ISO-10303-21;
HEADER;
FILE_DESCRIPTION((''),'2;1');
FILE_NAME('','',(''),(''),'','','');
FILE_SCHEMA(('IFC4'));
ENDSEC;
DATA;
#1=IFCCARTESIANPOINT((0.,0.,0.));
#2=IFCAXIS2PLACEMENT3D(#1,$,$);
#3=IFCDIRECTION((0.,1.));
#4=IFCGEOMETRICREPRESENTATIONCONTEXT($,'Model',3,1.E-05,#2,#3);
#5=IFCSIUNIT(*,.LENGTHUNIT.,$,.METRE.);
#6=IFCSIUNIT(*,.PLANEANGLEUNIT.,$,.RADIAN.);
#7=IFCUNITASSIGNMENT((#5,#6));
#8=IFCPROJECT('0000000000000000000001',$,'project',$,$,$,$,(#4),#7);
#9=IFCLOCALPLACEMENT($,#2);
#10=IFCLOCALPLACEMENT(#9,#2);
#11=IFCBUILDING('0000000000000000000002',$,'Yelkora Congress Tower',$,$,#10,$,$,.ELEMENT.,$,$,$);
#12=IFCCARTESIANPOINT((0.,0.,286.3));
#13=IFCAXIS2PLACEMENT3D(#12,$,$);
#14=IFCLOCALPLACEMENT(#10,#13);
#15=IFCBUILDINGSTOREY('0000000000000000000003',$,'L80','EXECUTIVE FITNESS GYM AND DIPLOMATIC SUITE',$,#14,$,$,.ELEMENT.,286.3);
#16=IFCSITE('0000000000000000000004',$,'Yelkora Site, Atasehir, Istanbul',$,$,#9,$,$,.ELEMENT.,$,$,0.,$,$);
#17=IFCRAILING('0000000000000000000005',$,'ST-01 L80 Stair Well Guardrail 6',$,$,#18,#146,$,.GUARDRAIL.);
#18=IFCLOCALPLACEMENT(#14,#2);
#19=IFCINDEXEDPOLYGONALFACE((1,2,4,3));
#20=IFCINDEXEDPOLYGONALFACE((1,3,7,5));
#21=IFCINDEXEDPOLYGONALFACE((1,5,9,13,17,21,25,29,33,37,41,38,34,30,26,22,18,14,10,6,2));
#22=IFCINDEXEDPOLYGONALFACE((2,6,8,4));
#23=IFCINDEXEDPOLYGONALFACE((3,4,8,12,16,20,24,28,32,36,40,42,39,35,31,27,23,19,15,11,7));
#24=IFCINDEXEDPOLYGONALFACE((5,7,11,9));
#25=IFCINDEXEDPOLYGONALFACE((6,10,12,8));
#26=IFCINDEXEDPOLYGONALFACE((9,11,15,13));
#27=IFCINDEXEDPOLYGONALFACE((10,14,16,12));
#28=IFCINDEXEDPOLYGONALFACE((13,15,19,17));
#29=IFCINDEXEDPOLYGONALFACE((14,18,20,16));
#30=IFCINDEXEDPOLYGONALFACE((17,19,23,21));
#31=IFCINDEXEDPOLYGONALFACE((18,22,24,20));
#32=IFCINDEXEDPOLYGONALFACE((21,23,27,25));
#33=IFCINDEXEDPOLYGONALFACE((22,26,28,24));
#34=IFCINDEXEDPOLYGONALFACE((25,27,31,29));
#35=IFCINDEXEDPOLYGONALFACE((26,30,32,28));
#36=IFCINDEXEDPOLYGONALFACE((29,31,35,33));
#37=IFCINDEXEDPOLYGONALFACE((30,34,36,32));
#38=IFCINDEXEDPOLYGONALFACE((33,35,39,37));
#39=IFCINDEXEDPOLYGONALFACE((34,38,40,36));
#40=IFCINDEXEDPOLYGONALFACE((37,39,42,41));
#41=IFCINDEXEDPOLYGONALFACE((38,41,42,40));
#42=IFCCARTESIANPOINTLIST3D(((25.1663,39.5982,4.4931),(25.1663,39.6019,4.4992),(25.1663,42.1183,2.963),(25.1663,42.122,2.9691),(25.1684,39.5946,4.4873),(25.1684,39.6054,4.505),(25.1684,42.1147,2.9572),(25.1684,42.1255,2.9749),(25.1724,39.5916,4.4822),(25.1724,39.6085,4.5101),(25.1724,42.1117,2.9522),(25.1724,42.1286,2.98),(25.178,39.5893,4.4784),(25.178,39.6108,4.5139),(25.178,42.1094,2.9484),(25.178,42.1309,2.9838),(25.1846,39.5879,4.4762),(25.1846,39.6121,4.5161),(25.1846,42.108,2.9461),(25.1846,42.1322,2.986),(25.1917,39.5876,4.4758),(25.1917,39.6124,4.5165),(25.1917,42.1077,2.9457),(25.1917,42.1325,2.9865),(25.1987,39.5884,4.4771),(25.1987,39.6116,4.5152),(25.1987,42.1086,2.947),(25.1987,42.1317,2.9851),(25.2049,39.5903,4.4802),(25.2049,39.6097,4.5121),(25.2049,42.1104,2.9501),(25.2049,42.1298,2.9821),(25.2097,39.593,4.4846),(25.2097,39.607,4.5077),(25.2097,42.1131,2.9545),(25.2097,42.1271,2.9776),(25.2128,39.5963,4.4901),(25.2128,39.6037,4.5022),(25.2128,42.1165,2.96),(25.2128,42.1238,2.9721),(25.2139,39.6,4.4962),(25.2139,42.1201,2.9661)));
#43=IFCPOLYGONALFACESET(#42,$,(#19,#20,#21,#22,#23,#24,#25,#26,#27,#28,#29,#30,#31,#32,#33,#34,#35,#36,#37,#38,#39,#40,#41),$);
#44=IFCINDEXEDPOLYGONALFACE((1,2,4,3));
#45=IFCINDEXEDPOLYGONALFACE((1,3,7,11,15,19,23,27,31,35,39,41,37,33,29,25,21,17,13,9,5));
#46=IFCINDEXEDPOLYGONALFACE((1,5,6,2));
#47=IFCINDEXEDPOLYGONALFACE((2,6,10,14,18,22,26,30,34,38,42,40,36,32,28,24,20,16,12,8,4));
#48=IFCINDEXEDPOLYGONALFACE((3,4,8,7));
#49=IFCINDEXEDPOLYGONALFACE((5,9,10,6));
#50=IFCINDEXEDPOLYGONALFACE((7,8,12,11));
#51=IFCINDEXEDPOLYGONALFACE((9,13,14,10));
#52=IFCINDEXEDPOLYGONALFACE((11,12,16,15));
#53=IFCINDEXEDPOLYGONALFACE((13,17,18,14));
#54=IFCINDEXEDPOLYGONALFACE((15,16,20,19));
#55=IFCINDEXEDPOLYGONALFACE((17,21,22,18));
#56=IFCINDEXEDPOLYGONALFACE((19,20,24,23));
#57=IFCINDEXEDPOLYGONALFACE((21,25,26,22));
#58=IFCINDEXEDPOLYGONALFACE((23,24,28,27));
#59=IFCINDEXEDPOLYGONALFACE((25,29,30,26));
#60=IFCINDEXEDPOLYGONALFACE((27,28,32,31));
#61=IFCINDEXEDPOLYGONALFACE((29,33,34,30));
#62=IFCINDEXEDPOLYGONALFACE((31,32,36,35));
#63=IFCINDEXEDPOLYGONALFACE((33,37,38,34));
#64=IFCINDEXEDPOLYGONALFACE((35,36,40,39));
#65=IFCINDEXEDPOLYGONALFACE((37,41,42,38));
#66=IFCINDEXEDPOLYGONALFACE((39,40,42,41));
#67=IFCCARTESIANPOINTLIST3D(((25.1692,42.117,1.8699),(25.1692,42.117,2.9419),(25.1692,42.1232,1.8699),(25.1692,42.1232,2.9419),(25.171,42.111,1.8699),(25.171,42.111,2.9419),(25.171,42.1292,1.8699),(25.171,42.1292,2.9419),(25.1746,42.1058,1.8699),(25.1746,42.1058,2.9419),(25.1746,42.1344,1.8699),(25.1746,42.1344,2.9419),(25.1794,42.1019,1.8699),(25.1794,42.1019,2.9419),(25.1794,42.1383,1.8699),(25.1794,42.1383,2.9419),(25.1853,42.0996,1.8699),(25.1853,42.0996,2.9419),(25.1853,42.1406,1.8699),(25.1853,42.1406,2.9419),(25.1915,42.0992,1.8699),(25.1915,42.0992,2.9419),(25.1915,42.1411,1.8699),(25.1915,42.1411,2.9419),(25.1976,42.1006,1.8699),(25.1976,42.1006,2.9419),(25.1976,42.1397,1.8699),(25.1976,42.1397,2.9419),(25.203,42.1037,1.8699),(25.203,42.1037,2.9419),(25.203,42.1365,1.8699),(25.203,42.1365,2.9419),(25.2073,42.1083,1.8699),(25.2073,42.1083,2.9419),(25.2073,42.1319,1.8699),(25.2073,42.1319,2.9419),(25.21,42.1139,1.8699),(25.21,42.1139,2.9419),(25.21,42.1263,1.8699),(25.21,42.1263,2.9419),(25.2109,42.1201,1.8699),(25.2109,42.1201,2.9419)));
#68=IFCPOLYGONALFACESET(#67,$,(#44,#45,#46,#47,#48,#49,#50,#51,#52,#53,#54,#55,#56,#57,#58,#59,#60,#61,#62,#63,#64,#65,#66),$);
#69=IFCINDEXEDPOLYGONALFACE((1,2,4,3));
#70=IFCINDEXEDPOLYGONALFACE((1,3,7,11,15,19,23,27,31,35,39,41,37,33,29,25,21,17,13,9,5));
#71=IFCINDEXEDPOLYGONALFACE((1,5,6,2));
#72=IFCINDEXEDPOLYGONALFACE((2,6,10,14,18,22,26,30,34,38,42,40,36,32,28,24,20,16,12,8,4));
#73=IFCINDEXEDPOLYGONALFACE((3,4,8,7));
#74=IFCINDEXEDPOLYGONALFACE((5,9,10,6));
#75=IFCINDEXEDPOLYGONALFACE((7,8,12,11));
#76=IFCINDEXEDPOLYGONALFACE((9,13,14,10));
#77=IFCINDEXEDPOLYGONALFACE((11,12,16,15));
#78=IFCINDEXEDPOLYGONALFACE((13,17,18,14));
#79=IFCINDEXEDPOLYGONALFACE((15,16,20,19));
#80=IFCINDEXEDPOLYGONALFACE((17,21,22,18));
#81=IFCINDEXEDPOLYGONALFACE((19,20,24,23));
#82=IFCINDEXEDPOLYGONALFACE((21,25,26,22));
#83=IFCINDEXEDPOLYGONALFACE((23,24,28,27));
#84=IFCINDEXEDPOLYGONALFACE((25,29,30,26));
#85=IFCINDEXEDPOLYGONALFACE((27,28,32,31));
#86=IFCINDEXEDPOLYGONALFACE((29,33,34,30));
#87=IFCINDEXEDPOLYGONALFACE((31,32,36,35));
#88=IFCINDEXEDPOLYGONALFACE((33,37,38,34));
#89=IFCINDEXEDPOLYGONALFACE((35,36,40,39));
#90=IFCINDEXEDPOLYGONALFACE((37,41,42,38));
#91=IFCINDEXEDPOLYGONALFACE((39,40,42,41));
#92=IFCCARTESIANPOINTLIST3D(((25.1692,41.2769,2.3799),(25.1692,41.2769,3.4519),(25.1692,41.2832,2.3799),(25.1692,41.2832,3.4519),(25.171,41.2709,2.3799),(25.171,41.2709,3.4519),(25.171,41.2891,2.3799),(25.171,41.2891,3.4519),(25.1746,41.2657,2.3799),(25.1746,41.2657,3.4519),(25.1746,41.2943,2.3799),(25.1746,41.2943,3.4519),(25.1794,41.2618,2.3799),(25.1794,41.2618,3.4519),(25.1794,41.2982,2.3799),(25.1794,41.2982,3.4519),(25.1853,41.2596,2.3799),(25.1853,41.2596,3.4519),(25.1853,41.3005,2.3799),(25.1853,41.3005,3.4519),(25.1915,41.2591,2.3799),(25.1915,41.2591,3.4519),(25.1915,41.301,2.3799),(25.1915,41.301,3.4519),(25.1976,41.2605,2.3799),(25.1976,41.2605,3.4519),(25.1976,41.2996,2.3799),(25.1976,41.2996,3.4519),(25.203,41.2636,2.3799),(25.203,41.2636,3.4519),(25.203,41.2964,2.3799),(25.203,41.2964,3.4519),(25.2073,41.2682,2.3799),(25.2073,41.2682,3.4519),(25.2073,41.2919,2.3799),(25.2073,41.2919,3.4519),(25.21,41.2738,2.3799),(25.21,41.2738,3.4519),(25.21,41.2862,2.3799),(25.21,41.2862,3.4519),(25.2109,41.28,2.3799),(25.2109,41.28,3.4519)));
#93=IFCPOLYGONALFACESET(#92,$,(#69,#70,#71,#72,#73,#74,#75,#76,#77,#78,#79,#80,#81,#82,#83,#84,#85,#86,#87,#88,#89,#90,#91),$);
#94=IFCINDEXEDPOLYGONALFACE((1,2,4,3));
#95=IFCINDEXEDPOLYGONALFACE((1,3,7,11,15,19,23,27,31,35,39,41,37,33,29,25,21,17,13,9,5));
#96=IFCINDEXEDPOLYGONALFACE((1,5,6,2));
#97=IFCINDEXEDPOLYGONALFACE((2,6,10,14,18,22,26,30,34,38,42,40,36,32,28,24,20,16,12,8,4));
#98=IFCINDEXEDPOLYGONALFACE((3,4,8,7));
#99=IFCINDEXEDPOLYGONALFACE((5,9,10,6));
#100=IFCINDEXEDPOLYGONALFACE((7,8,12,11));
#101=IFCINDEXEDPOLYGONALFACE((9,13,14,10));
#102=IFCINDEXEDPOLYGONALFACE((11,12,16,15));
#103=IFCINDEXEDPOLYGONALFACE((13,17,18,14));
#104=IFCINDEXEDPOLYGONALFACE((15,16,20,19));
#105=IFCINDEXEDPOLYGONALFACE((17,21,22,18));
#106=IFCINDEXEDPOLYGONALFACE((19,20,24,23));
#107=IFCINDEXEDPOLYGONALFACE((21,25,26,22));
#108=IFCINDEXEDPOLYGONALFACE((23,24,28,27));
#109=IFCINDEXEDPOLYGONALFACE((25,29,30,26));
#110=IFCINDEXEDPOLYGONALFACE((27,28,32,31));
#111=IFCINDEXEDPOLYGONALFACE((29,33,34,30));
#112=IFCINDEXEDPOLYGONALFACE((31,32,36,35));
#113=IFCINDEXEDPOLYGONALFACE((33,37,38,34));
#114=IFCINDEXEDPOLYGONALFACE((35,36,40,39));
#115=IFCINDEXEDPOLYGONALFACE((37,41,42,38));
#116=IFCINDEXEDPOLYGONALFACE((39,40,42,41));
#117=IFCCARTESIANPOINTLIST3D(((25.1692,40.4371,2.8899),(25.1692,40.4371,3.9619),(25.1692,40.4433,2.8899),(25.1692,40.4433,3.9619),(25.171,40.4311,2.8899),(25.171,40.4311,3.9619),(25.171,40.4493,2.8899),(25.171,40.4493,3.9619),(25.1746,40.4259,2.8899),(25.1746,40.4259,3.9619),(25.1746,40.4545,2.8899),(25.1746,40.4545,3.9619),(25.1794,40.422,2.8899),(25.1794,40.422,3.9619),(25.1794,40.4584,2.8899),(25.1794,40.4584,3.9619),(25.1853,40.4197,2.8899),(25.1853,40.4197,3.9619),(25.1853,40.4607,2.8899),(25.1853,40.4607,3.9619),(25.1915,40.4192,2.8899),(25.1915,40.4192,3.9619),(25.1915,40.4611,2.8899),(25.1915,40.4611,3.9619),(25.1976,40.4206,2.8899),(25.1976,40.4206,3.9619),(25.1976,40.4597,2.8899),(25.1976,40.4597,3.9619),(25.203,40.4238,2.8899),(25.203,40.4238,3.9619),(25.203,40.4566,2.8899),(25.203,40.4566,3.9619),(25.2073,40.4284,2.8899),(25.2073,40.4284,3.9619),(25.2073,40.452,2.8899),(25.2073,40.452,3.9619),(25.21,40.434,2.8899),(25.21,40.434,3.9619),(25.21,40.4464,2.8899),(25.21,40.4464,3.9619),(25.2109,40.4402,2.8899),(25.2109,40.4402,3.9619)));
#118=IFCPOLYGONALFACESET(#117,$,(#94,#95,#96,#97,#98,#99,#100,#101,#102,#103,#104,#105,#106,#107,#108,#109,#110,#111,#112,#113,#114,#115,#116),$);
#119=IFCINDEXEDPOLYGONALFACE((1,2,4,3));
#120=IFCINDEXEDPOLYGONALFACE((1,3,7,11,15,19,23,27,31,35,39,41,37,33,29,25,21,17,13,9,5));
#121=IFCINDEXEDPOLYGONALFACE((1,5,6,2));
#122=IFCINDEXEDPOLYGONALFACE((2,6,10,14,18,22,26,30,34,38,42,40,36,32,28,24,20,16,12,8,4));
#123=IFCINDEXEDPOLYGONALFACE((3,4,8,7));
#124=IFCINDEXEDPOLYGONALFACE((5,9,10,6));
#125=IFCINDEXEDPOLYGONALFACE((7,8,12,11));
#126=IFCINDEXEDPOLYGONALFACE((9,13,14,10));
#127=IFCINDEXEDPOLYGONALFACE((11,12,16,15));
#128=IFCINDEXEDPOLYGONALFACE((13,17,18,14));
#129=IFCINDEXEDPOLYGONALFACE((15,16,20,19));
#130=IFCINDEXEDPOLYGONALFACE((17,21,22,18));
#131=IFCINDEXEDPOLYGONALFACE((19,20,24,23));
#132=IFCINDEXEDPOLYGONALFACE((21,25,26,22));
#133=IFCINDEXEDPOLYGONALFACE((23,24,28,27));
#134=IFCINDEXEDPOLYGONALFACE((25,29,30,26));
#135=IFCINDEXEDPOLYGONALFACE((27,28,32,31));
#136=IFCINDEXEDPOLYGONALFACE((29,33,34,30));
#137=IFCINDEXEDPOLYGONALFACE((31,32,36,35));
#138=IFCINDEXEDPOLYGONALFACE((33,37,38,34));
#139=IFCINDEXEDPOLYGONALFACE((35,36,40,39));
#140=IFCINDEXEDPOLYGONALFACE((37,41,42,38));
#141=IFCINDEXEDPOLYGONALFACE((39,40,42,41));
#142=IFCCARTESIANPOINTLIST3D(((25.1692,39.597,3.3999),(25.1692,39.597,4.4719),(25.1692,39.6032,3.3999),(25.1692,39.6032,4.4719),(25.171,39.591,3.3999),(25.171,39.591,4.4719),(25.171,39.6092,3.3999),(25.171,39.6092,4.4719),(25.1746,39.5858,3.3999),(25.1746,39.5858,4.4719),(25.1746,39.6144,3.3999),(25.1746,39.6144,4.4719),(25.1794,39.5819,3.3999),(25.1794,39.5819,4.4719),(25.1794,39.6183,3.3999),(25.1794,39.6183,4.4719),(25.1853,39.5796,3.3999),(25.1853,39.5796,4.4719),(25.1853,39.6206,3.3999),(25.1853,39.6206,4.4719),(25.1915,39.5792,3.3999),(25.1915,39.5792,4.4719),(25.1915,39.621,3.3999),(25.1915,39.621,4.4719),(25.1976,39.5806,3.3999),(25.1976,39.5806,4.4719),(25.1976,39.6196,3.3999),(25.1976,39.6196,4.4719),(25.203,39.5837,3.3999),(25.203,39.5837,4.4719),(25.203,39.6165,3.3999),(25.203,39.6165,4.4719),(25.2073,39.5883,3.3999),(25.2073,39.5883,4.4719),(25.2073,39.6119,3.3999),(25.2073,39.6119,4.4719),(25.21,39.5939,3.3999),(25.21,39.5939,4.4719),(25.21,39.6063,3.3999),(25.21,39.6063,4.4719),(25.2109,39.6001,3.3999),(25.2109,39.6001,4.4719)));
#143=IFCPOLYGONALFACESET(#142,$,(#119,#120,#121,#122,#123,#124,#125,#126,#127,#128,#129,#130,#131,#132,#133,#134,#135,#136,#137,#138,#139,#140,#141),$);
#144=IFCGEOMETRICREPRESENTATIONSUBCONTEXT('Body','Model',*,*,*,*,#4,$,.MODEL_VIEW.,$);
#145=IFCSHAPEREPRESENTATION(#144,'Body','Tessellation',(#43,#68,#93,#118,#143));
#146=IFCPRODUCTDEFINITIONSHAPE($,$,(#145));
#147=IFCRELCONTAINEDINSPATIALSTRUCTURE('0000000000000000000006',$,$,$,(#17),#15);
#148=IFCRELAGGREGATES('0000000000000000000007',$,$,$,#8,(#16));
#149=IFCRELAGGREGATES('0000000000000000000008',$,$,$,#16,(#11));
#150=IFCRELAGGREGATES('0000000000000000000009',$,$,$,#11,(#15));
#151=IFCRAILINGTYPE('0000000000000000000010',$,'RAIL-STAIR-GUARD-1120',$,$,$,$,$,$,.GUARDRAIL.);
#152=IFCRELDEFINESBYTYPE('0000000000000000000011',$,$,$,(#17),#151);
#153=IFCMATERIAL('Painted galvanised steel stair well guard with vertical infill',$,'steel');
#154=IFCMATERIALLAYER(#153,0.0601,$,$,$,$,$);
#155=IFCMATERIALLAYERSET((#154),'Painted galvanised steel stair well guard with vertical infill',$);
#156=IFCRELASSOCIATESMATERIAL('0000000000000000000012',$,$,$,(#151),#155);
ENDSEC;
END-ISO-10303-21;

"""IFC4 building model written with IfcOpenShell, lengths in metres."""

from ifc_helpers import new_model, si_unit, direction, frame, origin, origin_2d, place, context, subcontext, project, spatial, circle, extrude, material, layer, layer_set, type_object, element, save


model = new_model("IFC4")

# Units and contexts
model_context = context("Model", 3, precision=1e-05, world=origin(), true_north=direction((0.0, 1.0)))
body_context = subcontext(model_context, "Body", "Model", "MODEL_VIEW")
ifc_project = project(units=[si_unit("LENGTHUNIT", "METRE"), si_unit("PLANEANGLEUNIT", "RADIAN")], contexts=[model_context])

# Site, building, storey
site_placement = place(None, origin())
site = spatial("IfcSite", under=ifc_project, at=site_placement, Name="Yelkora Site, Atasehir, Istanbul", CompositionType="ELEMENT", RefElevation=0.0)
building_placement = place(site_placement, origin())
building = spatial("IfcBuilding", under=site, at=building_placement, Name="Yelkora Congress Tower", CompositionType="ELEMENT")
storey_placement = place(building_placement, frame((0.0, 0.0, 286.3)))
storey = spatial("IfcBuildingStorey", under=building, at=storey_placement, Name="L80", Description="EXECUTIVE FITNESS GYM AND DIPLOMATIC SUITE", CompositionType="ELEMENT", Elevation=286.3)

# Railing
ifc_material_1 = material(Name="Painted galvanised steel stair well guard with vertical infill", Category="steel")
ifc_layer_1 = layer(ifc_material_1, 0.0601)
ifc_layer_set_1 = layer_set([ifc_layer_1], Name="Painted galvanised steel stair well guard with vertical infill")
railing_type = type_object("IfcRailingType", Name="RAIL-STAIR-GUARD-1120", PredefinedType="GUARDRAIL", material=ifc_layer_set_1)
railing_1_placement = place(storey_placement, frame((25.1899, 42.1201, 1.8699)))
element("IfcRailing", 1, at=railing_1_placement, inside=storey, type_object=railing_type, Name="ST-01 L80 Stair Well Guardrail 6", PredefinedType="GUARDRAIL", context=body_context, shape_type="SweptSolid", body=[
    extrude(circle(Radius=0.0239, at=origin_2d()), frame((0.0, 0.0, 1.0962), z_axis=(0.0, -0.854785, 0.518982), x_axis=(1.0, 0.0, 0.0)), (0.0, 0.0, 1.0), 2.9482),
    extrude(circle(Radius=0.021, at=origin_2d()), origin(), (0.0, 0.0, 1.0), 1.072),
    extrude(circle(Radius=0.021, at=origin_2d()), frame((0.0, -0.8401, 0.51)), (0.0, 0.0, 1.0), 1.072),
    extrude(circle(Radius=0.021, at=origin_2d()), frame((0.0, -1.6799, 1.02)), (0.0, 0.0, 1.0), 1.072),
    extrude(circle(Radius=0.021, at=origin_2d()), frame((0.0, -2.52, 1.53)), (0.0, 0.0, 1.0), 1.072),
])

save(model, "model.ifc")
